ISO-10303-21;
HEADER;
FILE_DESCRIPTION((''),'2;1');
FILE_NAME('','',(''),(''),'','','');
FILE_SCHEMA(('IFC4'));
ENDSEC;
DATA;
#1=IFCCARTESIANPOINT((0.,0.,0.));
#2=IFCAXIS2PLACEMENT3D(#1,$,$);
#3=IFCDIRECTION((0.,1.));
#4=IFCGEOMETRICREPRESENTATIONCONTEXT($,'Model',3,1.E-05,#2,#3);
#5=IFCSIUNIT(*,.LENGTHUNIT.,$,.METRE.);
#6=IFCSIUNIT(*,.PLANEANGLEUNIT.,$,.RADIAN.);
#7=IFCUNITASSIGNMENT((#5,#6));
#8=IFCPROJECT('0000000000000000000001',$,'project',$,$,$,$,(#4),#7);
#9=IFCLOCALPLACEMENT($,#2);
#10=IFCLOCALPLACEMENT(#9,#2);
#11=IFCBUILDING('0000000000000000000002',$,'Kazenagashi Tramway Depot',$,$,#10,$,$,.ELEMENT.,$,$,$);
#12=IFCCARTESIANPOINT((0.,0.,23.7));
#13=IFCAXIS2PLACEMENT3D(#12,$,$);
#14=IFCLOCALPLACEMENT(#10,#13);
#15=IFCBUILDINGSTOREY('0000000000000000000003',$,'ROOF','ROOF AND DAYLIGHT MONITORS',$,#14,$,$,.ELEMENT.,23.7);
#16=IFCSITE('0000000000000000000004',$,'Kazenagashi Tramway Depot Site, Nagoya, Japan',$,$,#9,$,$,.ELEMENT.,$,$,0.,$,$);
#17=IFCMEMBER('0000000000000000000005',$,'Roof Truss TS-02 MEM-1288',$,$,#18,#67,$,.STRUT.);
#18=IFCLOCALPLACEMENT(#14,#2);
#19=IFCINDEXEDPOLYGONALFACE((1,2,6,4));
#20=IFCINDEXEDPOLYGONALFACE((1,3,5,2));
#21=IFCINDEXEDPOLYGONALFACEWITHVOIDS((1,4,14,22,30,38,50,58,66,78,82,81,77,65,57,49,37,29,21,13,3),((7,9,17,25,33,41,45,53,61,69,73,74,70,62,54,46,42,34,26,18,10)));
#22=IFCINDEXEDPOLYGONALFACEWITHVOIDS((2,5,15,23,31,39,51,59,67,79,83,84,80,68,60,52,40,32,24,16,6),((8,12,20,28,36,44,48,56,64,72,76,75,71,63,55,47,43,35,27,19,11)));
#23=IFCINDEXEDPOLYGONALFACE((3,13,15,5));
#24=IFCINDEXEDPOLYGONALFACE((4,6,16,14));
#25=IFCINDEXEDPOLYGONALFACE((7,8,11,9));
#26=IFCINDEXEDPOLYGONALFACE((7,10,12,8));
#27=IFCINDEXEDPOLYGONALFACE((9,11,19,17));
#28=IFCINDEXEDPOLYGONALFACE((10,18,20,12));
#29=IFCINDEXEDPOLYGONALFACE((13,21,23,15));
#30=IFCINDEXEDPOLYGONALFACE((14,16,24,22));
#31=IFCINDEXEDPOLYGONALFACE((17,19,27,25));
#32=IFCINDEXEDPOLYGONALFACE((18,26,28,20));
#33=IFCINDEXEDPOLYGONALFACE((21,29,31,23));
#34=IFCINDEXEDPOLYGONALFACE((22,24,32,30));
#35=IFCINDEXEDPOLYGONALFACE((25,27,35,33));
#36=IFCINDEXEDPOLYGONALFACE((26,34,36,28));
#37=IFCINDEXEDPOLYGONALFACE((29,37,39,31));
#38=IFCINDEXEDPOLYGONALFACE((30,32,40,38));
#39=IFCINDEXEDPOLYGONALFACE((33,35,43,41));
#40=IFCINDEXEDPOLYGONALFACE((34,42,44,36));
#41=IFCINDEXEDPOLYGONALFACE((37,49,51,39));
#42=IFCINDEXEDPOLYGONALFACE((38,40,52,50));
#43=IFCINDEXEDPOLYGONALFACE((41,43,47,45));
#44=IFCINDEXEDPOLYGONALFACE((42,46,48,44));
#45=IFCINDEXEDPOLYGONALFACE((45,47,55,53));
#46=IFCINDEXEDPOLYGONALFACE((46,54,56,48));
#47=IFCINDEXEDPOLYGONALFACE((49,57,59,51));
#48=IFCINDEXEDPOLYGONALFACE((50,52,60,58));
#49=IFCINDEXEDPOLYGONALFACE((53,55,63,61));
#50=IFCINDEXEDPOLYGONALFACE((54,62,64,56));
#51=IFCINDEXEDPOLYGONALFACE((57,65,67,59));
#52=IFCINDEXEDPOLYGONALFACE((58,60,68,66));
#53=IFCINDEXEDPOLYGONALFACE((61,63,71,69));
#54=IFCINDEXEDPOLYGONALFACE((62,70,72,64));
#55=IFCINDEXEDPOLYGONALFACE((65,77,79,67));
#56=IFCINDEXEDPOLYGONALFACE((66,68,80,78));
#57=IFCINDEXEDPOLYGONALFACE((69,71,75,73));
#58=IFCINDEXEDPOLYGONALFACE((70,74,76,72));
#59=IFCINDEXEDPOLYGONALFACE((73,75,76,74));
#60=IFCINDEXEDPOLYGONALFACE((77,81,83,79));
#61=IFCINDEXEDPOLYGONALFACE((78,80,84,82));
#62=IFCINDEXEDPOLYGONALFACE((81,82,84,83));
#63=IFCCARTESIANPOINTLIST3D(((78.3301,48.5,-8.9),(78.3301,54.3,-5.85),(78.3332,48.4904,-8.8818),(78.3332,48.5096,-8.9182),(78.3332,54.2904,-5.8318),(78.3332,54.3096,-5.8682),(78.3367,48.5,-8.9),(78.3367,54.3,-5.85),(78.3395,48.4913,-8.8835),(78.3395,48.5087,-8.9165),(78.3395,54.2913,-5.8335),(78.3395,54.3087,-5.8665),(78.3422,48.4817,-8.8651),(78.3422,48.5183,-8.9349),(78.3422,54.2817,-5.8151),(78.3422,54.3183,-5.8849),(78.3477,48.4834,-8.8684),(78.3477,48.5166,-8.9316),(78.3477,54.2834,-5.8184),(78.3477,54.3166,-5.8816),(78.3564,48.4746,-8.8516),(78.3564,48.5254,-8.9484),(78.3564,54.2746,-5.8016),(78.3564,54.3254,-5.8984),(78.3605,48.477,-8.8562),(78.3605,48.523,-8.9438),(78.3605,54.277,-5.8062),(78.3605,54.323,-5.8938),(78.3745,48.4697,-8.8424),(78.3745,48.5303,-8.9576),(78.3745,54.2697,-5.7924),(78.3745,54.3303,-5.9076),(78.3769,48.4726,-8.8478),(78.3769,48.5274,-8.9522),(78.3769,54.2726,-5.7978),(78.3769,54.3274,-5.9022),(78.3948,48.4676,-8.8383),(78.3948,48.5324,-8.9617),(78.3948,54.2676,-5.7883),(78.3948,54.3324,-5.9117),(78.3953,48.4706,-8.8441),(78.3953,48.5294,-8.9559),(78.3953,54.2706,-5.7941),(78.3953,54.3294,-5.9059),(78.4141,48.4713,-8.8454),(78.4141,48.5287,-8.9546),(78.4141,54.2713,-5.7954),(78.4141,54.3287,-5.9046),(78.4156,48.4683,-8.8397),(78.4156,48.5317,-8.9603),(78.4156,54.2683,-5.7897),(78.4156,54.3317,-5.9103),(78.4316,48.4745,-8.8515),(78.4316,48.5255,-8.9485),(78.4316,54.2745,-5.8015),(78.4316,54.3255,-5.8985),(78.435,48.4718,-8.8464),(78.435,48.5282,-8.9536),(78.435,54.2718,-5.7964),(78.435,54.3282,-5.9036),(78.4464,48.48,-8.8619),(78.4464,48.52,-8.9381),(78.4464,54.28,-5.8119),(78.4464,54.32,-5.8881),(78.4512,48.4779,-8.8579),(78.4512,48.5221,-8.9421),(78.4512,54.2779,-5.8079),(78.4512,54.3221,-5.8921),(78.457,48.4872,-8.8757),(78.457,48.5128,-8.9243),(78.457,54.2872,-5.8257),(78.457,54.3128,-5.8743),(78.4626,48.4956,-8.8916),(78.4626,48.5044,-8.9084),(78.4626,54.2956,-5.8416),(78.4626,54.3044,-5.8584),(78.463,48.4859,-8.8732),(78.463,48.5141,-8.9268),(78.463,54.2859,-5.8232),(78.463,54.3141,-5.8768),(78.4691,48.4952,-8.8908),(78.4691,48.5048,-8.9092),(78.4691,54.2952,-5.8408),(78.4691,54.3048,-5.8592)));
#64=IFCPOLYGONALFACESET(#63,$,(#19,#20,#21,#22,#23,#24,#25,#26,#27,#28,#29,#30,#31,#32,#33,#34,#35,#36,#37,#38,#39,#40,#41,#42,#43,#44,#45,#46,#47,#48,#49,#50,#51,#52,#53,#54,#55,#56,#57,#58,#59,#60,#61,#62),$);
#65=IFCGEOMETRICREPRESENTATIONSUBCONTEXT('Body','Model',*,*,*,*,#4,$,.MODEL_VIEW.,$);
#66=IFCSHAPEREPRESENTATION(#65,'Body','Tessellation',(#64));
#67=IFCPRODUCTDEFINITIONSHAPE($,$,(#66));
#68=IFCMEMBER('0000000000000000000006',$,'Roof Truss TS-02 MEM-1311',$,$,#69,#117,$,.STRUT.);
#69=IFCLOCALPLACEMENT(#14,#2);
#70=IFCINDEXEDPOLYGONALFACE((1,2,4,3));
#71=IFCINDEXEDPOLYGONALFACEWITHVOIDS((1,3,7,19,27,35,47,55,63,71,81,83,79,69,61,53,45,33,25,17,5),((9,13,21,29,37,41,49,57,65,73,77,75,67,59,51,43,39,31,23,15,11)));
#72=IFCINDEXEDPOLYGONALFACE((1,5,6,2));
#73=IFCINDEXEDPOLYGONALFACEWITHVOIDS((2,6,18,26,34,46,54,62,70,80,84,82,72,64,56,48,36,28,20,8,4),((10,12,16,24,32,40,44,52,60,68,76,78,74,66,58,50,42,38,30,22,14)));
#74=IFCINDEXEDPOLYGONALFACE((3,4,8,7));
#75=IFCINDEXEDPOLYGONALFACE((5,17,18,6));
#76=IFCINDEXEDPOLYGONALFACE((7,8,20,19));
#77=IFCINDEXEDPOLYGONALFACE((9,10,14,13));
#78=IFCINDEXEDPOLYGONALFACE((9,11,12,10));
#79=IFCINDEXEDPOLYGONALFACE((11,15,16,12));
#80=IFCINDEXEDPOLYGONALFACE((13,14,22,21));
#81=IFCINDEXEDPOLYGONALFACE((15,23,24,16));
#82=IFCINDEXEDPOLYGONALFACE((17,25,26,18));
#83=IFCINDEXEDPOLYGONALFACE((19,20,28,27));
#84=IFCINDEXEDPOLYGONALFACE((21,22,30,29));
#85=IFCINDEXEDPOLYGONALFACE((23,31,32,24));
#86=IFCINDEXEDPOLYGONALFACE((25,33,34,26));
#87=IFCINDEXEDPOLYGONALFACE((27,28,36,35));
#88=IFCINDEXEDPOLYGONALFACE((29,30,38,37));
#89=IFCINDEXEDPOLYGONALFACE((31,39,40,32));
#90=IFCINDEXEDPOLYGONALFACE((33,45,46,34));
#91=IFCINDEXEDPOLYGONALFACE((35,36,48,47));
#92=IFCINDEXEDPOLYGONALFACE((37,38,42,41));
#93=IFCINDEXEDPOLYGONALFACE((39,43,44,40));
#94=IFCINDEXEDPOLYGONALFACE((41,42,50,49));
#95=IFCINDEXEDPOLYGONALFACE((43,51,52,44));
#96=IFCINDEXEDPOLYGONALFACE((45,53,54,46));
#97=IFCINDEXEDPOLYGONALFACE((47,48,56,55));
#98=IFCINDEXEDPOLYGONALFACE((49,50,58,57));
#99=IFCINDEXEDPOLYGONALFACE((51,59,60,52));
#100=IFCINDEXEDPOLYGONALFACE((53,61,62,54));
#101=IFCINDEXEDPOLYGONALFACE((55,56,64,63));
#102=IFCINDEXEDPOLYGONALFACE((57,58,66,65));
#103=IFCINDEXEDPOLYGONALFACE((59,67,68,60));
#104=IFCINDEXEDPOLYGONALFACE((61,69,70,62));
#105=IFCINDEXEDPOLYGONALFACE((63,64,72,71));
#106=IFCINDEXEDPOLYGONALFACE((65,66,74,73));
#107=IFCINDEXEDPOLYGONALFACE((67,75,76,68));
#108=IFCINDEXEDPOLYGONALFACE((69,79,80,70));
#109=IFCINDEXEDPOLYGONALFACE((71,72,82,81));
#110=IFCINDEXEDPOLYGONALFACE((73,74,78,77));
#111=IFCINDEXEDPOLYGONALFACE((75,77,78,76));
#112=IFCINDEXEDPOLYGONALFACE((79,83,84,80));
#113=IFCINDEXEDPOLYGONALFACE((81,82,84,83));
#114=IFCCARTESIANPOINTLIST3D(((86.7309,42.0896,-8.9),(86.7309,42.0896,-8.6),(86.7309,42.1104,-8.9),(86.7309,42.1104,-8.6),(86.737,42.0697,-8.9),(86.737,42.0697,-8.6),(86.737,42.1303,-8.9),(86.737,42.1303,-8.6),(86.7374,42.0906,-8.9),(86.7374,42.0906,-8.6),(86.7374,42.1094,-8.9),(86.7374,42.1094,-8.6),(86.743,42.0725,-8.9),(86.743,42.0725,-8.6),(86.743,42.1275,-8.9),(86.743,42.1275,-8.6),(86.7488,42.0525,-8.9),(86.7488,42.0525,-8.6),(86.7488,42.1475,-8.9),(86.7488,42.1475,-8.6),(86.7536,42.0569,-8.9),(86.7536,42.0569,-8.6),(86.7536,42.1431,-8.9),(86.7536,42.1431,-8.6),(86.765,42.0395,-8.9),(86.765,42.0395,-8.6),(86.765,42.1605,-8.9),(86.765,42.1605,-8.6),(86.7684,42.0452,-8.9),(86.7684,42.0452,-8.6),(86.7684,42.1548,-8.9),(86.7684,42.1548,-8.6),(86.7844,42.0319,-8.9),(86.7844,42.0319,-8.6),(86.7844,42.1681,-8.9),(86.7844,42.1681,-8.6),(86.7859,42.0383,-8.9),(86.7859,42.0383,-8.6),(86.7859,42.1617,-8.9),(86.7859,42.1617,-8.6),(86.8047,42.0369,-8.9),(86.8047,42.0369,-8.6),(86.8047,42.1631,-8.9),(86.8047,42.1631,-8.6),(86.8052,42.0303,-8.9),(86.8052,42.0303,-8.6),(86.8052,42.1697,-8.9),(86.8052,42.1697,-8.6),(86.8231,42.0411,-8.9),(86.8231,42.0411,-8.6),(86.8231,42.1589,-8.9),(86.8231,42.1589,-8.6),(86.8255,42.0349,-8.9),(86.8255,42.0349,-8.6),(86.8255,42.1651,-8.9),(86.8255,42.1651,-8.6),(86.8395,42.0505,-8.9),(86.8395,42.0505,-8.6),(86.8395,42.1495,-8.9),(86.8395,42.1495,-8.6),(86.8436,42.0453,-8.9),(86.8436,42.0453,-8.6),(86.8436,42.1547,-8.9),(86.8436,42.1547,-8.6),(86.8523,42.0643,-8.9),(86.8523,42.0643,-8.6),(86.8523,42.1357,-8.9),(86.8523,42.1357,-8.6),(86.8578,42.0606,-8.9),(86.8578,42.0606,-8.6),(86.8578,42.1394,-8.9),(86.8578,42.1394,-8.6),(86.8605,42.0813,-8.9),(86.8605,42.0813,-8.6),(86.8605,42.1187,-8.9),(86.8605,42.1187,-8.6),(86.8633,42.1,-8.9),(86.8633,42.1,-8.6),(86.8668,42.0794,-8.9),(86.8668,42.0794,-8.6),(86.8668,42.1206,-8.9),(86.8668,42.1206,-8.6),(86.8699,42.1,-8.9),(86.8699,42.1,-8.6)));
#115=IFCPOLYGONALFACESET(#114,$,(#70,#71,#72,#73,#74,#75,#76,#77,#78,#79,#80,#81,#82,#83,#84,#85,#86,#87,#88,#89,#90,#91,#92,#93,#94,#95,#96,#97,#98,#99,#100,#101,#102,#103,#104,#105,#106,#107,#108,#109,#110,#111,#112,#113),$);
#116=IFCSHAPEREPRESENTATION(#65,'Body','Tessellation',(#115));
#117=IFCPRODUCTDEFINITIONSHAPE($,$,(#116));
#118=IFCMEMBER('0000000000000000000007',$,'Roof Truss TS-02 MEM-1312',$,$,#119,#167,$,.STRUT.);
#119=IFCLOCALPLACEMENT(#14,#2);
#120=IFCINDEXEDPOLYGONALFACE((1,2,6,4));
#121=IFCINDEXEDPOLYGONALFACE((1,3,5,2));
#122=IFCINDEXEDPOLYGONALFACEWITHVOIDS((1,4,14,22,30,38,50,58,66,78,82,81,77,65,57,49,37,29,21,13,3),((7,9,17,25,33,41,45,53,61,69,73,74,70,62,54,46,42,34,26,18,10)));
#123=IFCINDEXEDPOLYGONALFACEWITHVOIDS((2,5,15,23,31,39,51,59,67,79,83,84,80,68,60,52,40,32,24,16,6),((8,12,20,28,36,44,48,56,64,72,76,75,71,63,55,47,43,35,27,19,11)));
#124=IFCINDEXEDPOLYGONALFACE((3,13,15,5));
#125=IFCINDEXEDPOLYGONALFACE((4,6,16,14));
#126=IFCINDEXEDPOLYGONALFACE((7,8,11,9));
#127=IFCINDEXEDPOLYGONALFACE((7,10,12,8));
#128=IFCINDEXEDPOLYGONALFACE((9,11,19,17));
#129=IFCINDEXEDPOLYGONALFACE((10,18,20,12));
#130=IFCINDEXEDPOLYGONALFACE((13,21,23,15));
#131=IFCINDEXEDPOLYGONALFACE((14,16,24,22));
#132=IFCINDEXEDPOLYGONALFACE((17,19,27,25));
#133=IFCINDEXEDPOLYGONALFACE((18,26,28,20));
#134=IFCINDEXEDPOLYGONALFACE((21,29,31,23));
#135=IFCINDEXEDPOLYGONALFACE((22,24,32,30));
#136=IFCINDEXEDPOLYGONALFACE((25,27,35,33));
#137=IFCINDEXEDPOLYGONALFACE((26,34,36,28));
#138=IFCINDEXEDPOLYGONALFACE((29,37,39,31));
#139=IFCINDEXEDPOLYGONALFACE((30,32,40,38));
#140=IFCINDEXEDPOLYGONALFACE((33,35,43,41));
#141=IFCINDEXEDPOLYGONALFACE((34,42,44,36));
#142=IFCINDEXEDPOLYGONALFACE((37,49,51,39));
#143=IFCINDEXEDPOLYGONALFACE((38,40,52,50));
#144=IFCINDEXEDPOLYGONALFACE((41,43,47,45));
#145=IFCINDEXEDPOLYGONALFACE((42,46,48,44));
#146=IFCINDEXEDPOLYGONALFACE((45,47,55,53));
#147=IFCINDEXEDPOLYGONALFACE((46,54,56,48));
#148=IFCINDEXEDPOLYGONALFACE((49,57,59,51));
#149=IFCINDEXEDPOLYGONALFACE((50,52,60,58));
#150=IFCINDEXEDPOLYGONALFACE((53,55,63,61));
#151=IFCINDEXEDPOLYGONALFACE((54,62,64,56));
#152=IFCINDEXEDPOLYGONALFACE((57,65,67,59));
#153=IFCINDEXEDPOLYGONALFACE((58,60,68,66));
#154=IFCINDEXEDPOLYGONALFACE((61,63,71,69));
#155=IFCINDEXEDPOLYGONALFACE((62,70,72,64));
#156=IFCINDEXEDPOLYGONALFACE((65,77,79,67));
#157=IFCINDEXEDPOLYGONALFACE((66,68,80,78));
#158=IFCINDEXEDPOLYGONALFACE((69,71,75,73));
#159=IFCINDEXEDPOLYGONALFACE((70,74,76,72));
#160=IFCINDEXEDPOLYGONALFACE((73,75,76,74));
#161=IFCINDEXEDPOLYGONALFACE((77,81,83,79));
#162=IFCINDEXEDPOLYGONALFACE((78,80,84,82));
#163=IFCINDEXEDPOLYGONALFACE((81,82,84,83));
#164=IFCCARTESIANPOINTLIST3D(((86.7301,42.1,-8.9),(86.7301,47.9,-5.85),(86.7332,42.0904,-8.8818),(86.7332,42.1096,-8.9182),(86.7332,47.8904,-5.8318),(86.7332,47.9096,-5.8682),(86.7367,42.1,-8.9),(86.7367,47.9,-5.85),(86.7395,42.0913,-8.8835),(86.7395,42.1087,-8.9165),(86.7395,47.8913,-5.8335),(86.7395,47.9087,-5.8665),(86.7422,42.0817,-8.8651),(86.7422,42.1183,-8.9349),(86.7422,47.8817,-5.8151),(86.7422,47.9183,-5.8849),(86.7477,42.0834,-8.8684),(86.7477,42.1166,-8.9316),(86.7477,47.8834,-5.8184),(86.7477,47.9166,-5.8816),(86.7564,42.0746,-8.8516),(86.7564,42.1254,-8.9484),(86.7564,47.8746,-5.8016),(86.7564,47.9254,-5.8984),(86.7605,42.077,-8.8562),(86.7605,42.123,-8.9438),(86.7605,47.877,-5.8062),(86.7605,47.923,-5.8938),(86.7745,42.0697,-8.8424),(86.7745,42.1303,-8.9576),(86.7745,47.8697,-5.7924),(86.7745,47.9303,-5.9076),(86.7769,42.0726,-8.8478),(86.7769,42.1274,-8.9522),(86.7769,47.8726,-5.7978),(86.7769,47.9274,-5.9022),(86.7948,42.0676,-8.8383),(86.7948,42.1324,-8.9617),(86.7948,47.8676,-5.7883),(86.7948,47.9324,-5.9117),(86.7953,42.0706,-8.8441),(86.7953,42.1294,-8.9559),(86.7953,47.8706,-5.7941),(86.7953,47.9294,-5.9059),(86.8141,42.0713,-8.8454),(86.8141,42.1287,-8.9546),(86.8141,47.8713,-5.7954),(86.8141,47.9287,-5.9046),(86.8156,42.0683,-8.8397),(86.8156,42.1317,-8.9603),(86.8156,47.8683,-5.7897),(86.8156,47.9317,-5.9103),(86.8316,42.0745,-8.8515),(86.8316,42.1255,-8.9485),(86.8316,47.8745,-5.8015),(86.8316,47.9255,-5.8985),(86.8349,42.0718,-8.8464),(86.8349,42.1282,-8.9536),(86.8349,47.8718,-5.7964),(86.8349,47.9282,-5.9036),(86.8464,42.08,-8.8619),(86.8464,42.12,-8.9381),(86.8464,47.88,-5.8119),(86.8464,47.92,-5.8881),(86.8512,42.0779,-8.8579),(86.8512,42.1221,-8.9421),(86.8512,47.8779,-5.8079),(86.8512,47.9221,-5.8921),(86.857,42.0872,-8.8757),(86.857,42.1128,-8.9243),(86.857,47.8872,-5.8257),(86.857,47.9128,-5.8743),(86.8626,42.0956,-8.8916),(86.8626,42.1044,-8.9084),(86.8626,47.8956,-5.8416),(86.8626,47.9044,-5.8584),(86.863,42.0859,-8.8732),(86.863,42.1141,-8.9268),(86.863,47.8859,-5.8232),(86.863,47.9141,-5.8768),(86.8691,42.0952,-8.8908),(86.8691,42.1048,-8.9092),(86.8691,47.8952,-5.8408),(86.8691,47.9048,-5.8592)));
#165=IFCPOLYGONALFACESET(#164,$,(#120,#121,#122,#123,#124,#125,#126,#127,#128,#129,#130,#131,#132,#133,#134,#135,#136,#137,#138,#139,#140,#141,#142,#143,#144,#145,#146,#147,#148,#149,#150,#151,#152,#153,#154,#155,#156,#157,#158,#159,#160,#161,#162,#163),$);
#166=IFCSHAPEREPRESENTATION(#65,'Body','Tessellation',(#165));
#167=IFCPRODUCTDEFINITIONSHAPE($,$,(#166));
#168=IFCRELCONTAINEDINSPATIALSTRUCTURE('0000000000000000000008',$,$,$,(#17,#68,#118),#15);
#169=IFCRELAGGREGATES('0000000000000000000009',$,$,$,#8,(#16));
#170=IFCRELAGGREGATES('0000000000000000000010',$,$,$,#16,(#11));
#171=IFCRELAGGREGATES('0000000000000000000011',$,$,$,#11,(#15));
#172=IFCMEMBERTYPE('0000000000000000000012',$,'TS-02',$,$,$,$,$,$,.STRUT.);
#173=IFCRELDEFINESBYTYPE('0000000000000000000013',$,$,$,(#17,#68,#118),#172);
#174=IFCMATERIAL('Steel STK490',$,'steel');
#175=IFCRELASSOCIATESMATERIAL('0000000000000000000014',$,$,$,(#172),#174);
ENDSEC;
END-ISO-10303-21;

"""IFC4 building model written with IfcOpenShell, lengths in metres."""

from ifc_helpers import new_model, si_unit, direction, frame, origin, origin_2d, place, context, subcontext, project, spatial, hollow_circle, extrude, material, material_profile, profile_set, type_object, element, save


model = new_model("IFC4")

# Units and contexts
model_context = context("Model", 3, precision=1e-05, world=origin(), true_north=direction((0.0, 1.0)))
body_context = subcontext(model_context, "Body", "Model", "MODEL_VIEW")
ifc_project = project(units=[si_unit("LENGTHUNIT", "METRE"), si_unit("PLANEANGLEUNIT", "RADIAN")], contexts=[model_context])

# Site, building, storey
site_placement = place(None, origin())
site = spatial("IfcSite", under=ifc_project, at=site_placement, Name="Kazenagashi Tramway Depot Site, Nagoya, Japan", CompositionType="ELEMENT", RefElevation=0.0)
building_placement = place(site_placement, origin())
building = spatial("IfcBuilding", under=site, at=building_placement, Name="Kazenagashi Tramway Depot", CompositionType="ELEMENT")
storey_placement = place(building_placement, frame((0.0, 0.0, 23.7)))
storey = spatial("IfcBuildingStorey", under=building, at=storey_placement, Name="ROOF", Description="ROOF AND DAYLIGHT MONITORS", CompositionType="ELEMENT", Elevation=23.7)

# Members
ifc_material_1 = material(Name="Steel STK490", Category="steel")
ifc_material_profile_1 = material_profile(ifc_material_1, hollow_circle(Radius=0.0699, WallThickness=0.0066, at=origin_2d()), Name="CHS-139.8x6.6")
ifc_profile_set_1 = profile_set([ifc_material_profile_1], Name="Steel STK490")
member_type_1 = type_object("IfcMemberType", Name="TS-02", PredefinedType="STRUT", material=ifc_profile_set_1)
member_1_placement = place(storey_placement, frame((78.4, 48.5, -8.9), z_axis=(0.0, 0.885084, 0.465432), x_axis=(-1.0, 0.0, 0.0)))
element("IfcMember", 1, at=member_1_placement, inside=storey, type_object=member_type_1, Name="Roof Truss TS-02 MEM-1288", PredefinedType="STRUT", context=body_context, shape_type="SweptSolid", body=[
    extrude(hollow_circle(Radius=0.0699, WallThickness=0.0066, at=origin_2d()), origin(), (0.0, 0.0, 1.0), 6.5531),
])
member_2_placement = place(storey_placement, frame((86.8, 42.1, -8.9), z_axis=(0.0, 0.0, 1.0), x_axis=(1.0, 0.0, 0.0)))
element("IfcMember", 2, at=member_2_placement, inside=storey, type_object=member_type_1, Name="Roof Truss TS-02 MEM-1311", PredefinedType="STRUT", context=body_context, shape_type="SweptSolid", body=[
    extrude(hollow_circle(Radius=0.0699, WallThickness=0.0066, at=origin_2d()), origin(), (0.0, 0.0, 1.0), 0.3),
])
member_3_placement = place(storey_placement, frame((86.8, 42.1, -8.9), z_axis=(0.0, 0.885084, 0.465432), x_axis=(-1.0, 0.0, 0.0)))
element("IfcMember", 3, at=member_3_placement, inside=storey, type_object=member_type_1, Name="Roof Truss TS-02 MEM-1312", PredefinedType="STRUT", context=body_context, shape_type="SweptSolid", body=[
    extrude(hollow_circle(Radius=0.0699, WallThickness=0.0066, at=origin_2d()), origin(), (0.0, 0.0, 1.0), 6.5531),
])

save(model, "model.ifc")
